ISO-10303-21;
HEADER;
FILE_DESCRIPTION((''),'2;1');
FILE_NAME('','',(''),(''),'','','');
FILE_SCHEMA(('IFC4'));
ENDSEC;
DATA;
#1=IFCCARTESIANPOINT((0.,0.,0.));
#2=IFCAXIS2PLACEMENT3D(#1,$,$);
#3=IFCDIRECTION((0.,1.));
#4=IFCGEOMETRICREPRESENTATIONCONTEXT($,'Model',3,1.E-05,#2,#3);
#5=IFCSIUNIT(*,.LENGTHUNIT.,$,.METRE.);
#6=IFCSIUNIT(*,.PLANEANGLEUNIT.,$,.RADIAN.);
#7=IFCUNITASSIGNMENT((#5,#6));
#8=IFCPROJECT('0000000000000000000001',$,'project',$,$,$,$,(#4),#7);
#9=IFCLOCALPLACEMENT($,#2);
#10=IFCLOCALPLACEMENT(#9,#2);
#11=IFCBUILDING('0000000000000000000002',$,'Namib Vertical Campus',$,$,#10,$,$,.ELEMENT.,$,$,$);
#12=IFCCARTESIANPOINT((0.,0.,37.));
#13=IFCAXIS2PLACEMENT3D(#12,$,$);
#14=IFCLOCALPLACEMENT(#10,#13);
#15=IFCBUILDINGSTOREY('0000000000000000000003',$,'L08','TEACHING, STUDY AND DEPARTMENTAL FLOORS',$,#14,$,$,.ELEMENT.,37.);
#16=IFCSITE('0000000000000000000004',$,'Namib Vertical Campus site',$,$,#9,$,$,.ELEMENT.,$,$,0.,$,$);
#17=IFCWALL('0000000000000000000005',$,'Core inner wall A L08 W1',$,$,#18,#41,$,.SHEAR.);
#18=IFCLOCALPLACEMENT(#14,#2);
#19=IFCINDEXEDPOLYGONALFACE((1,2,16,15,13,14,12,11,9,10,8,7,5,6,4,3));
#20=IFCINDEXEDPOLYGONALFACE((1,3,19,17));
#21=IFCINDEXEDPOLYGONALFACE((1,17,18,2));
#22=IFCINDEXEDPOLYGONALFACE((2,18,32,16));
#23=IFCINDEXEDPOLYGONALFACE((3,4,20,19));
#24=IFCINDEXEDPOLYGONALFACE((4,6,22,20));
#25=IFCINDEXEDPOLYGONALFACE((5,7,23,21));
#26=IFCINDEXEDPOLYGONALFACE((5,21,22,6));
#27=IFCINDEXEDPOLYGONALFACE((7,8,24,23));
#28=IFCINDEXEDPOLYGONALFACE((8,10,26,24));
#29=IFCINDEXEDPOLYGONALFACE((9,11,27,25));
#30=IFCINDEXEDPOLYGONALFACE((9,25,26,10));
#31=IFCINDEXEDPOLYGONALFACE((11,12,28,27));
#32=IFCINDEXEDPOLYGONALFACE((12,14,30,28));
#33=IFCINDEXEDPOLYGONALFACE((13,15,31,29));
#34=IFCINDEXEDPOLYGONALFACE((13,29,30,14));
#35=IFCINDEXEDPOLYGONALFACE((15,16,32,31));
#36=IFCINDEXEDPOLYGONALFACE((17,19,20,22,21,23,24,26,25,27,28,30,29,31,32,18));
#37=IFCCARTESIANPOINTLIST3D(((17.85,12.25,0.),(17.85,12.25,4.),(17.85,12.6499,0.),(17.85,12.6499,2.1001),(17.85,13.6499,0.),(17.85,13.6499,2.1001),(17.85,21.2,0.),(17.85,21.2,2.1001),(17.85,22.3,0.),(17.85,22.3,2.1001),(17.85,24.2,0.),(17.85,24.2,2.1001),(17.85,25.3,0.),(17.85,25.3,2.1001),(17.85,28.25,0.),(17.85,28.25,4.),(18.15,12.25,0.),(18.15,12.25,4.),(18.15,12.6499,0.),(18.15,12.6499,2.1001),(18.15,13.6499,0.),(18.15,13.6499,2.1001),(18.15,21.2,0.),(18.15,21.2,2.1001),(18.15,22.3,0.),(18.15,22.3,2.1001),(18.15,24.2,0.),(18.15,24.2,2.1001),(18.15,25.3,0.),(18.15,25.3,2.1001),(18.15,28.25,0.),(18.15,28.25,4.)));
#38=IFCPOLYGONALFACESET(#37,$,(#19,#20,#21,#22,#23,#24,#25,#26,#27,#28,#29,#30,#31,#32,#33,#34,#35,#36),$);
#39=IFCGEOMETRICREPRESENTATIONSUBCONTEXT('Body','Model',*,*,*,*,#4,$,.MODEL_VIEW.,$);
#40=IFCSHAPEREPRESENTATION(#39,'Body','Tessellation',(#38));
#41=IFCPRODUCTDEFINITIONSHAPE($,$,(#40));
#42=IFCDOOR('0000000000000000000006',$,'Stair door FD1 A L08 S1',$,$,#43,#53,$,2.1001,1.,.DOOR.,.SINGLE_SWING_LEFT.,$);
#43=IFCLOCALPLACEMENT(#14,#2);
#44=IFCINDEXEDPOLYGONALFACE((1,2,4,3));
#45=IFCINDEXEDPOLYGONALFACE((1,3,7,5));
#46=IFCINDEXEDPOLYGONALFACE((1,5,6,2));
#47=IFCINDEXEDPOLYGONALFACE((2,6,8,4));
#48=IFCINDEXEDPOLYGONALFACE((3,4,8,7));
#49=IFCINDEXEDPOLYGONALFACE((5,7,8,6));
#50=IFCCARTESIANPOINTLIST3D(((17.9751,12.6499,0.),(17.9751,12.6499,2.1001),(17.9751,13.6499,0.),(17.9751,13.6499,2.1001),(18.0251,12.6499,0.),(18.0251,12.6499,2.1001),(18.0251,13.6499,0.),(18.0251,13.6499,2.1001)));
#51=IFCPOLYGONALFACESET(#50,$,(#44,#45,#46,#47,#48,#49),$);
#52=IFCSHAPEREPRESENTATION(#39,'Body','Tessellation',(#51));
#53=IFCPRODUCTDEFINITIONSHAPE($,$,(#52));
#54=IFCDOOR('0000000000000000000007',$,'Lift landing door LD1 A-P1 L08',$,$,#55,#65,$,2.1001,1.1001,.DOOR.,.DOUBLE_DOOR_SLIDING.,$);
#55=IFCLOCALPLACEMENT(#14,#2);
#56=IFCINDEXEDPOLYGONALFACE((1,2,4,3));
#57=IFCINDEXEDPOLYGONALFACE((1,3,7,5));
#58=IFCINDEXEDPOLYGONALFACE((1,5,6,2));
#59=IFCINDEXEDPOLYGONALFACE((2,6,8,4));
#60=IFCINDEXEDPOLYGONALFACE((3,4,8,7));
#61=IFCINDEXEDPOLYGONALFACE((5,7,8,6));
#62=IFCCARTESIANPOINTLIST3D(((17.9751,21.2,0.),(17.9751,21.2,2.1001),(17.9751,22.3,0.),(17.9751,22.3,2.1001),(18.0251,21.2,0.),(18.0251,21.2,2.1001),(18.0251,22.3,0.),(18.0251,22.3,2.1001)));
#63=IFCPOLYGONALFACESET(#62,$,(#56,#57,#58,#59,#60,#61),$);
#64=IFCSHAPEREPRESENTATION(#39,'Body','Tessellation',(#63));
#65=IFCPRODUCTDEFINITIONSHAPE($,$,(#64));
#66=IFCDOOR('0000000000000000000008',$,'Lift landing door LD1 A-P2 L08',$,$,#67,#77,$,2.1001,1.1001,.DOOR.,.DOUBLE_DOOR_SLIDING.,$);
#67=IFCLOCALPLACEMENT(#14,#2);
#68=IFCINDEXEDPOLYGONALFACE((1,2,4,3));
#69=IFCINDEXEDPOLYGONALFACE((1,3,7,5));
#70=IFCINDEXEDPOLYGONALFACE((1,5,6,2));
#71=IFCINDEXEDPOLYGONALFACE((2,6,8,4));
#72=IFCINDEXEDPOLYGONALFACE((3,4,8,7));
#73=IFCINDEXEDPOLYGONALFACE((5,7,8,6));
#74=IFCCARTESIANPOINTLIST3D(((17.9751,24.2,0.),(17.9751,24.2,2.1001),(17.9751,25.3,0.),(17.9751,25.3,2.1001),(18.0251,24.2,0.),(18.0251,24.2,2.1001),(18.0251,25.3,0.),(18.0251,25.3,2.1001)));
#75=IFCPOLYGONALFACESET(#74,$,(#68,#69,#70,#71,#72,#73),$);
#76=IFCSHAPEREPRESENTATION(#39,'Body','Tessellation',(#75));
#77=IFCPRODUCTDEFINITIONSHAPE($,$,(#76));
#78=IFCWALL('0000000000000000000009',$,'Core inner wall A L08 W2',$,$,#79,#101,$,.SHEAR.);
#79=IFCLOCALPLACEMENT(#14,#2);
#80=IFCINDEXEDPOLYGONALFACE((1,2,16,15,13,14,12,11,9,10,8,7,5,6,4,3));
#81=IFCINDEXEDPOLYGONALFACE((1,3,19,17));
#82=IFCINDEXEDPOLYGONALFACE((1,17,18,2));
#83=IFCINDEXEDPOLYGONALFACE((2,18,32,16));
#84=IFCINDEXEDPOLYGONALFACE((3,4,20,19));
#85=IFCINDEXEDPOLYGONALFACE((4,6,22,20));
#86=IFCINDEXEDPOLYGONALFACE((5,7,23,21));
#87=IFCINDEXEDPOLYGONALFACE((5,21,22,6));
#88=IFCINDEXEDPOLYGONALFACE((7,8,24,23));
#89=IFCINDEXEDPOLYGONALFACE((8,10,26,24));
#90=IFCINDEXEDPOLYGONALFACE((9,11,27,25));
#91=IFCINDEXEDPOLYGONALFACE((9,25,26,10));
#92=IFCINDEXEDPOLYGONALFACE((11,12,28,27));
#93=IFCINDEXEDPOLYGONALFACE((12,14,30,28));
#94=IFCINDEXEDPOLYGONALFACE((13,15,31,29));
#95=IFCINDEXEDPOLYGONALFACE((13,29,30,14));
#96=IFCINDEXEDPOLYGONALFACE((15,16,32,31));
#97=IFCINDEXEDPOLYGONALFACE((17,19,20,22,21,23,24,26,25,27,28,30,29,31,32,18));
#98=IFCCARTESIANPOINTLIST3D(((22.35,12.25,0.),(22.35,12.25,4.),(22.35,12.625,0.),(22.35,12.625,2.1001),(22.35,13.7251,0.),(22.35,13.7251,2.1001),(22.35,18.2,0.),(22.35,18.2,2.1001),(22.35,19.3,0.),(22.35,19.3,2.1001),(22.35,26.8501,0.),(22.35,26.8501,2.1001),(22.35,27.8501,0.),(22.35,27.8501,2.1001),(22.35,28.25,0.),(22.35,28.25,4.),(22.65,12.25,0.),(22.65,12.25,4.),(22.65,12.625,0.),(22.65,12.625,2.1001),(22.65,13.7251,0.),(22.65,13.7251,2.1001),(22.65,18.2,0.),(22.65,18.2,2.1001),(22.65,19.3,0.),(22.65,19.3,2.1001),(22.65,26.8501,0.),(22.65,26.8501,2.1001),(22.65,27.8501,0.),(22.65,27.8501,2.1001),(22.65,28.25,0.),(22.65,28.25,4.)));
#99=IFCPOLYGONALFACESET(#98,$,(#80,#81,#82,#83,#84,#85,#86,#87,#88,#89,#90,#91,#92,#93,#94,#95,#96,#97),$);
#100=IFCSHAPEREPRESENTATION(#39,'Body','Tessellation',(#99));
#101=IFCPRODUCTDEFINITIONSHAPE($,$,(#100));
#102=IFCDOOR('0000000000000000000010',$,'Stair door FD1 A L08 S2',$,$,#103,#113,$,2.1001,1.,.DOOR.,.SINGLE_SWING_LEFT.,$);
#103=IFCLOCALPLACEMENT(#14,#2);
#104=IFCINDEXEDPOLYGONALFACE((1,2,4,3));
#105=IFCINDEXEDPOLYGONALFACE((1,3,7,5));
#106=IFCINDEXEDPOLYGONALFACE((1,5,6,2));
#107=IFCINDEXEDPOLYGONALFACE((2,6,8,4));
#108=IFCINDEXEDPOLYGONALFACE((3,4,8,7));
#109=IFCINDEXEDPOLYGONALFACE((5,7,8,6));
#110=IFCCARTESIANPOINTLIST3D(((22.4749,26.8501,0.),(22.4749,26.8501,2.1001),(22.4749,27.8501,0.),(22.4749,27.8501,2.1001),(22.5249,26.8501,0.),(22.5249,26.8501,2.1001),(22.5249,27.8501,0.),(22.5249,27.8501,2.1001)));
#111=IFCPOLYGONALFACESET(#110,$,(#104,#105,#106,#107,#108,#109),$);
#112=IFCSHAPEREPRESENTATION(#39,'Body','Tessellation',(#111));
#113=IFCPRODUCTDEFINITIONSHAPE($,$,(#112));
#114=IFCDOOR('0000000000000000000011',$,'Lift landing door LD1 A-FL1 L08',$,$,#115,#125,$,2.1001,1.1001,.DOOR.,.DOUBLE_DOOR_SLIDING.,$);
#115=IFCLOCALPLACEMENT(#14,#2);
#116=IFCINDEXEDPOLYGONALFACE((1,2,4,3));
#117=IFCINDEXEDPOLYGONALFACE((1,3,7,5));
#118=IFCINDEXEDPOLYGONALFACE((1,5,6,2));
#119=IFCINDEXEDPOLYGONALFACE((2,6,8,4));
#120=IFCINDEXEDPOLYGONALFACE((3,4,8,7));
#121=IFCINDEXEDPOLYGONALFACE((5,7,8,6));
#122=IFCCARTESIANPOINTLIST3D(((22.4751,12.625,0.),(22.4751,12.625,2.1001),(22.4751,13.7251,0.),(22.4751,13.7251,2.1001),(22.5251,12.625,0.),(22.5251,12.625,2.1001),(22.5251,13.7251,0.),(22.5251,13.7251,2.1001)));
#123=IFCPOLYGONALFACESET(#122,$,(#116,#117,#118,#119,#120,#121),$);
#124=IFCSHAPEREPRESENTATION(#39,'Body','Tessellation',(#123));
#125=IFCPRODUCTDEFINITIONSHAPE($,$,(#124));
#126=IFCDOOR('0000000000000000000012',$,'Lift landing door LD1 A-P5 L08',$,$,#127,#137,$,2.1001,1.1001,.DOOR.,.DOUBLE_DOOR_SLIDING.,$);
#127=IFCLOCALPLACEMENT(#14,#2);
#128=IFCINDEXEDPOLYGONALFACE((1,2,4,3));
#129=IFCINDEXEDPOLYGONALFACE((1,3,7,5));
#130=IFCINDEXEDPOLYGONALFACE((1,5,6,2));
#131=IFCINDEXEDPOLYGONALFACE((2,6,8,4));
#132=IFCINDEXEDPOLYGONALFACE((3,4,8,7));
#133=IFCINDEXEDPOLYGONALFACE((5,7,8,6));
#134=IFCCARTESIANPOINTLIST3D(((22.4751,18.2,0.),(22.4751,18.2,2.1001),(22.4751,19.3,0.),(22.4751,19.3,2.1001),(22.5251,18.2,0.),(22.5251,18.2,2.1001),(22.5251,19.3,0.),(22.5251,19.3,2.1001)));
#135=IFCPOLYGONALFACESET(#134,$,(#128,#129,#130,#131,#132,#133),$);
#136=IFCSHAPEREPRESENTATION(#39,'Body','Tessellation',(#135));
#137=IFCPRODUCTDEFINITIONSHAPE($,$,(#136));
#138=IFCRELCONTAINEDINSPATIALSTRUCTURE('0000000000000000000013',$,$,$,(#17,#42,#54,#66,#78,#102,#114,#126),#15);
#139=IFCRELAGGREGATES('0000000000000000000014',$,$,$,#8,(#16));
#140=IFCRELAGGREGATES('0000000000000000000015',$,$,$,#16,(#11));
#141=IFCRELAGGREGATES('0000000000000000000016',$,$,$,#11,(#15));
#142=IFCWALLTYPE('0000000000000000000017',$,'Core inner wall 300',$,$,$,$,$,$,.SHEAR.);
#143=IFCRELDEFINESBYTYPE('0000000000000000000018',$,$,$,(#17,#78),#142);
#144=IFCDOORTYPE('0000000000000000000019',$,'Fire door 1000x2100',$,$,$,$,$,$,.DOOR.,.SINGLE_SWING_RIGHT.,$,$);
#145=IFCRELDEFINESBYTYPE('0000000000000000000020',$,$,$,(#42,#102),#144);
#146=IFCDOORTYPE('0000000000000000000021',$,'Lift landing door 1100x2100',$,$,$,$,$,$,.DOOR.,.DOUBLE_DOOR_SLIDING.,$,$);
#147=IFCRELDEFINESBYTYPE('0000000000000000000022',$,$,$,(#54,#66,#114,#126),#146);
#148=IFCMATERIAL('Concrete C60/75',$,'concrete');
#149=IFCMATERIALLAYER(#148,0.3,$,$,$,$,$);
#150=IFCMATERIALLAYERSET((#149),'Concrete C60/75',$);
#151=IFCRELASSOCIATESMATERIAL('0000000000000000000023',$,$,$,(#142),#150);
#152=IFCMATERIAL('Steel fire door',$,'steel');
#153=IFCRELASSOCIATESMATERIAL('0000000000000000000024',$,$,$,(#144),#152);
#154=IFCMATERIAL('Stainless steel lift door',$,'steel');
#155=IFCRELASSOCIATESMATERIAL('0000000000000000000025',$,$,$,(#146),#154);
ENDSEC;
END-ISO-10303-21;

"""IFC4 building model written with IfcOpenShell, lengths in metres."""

from ifc_helpers import new_model, si_unit, direction, frame, frame_2d, origin, place, context, subcontext, project, spatial, rectangle, extrude, material, layer, layer_set, type_object, element, fill, save


model = new_model("IFC4")

# Units and contexts
model_context = context("Model", 3, precision=1e-05, world=origin(), true_north=direction((0.0, 1.0)))
body_context = subcontext(model_context, "Body", "Model", "MODEL_VIEW")
ifc_project = project(units=[si_unit("LENGTHUNIT", "METRE"), si_unit("PLANEANGLEUNIT", "RADIAN")], contexts=[model_context])

# Site, building, storey
site_placement = place(None, origin())
site = spatial("IfcSite", under=ifc_project, at=site_placement, Name="Namib Vertical Campus site", CompositionType="ELEMENT", RefElevation=0.0)
building_placement = place(site_placement, origin())
building = spatial("IfcBuilding", under=site, at=building_placement, Name="Namib Vertical Campus", CompositionType="ELEMENT")
storey_placement = place(building_placement, frame((0.0, 0.0, 37.0)))
storey = spatial("IfcBuildingStorey", under=building, at=storey_placement, Name="L08", Description="TEACHING, STUDY AND DEPARTMENTAL FLOORS", CompositionType="ELEMENT", Elevation=37.0)

# Walls, openings, doors
ifc_material_1 = material(Name="Concrete C60/75", Category="concrete")
ifc_layer_1 = layer(ifc_material_1, 0.3)
ifc_layer_set_1 = layer_set([ifc_layer_1], Name="Concrete C60/75")
wall_type_1 = type_object("IfcWallType", Name="Core inner wall 300", PredefinedType="SHEAR", material=ifc_layer_set_1)
wall_1_placement = place(storey_placement, frame((18.0, 12.25, 0.0), z_axis=(0.0, 0.0, 1.0), x_axis=(0.0, 1.0, 0.0)))
wall_1 = element("IfcWall", 1, at=wall_1_placement, inside=storey, type_object=wall_type_1, Name="Core inner wall A L08 W1", PredefinedType="SHEAR", context=body_context, shape_type="SweptSolid", body=[
    extrude(rectangle(XDim=16.0, YDim=0.3, at=frame_2d((8.0, 0.0))), origin(), (0.0, 0.0, 1.0), 4.0),
])
opening_1_placement = place(wall_1_placement, frame((0.3999, 0.0, 0.0)))
opening_1 = element("IfcOpeningElement", 2, at=opening_1_placement, cuts=wall_1, PredefinedType="OPENING", context=body_context, shape_type="SweptSolid", body=[
    extrude(rectangle(XDim=1.0, YDim=2.1001, at=frame_2d((0.5, 1.05))), frame((0.0, 0.1599, 0.0), z_axis=(0.0, -1.0, 0.0), x_axis=(1.0, 0.0, 0.0)), (0.0, 0.0, 1.0), 0.3201),
])
opening_2_placement = place(wall_1_placement, frame((8.95, 0.0, 0.0)))
opening_2 = element("IfcOpeningElement", 3, at=opening_2_placement, cuts=wall_1, PredefinedType="OPENING", context=body_context, shape_type="SweptSolid", body=[
    extrude(rectangle(XDim=1.1001, YDim=2.1001, at=frame_2d((0.55, 1.05))), frame((0.0, 0.1599, 0.0), z_axis=(0.0, -1.0, 0.0), x_axis=(1.0, 0.0, 0.0)), (0.0, 0.0, 1.0), 0.3201),
])
opening_3_placement = place(wall_1_placement, frame((11.95, 0.0, 0.0)))
opening_3 = element("IfcOpeningElement", 4, at=opening_3_placement, cuts=wall_1, PredefinedType="OPENING", context=body_context, shape_type="SweptSolid", body=[
    extrude(rectangle(XDim=1.1001, YDim=2.1001, at=frame_2d((0.55, 1.05))), frame((0.0, 0.1599, 0.0), z_axis=(0.0, -1.0, 0.0), x_axis=(1.0, 0.0, 0.0)), (0.0, 0.0, 1.0), 0.3201),
])
ifc_material_2 = material(Name="Steel fire door", Category="steel")
door_type_1 = type_object("IfcDoorType", Name="Fire door 1000x2100", OperationType="SINGLE_SWING_RIGHT", PredefinedType="DOOR", material=ifc_material_2)
door_1_placement = place(opening_1_placement, origin())
door_1 = element("IfcDoor", 5, at=door_1_placement, inside=storey, type_object=door_type_1, Name="Stair door FD1 A L08 S1", OperationType="SINGLE_SWING_LEFT", OverallHeight=2.1001, OverallWidth=1.0, PredefinedType="DOOR", context=body_context, shape_type="SweptSolid", body=[
    extrude(rectangle(XDim=1.0, YDim=2.1001, at=frame_2d((0.5, 1.05))), frame((0.0, 0.0249, 0.0), z_axis=(0.0, -1.0, 0.0), x_axis=(1.0, 0.0, 0.0)), (0.0, 0.0, 1.0), 0.05),
])
fill(opening_1, door_1)
ifc_material_3 = material(Name="Stainless steel lift door", Category="steel")
door_type_2 = type_object("IfcDoorType", Name="Lift landing door 1100x2100", OperationType="DOUBLE_DOOR_SLIDING", PredefinedType="DOOR", material=ifc_material_3)
door_2_placement = place(opening_2_placement, origin())
door_2 = element("IfcDoor", 6, at=door_2_placement, inside=storey, type_object=door_type_2, Name="Lift landing door LD1 A-P1 L08", OperationType="DOUBLE_DOOR_SLIDING", OverallHeight=2.1001, OverallWidth=1.1001, PredefinedType="DOOR", context=body_context, shape_type="SweptSolid", body=[
    extrude(rectangle(XDim=1.1001, YDim=2.1001, at=frame_2d((0.55, 1.05))), frame((0.0, 0.0249, 0.0), z_axis=(0.0, -1.0, 0.0), x_axis=(1.0, 0.0, 0.0)), (0.0, 0.0, 1.0), 0.05),
])
fill(opening_2, door_2)
door_3_placement = place(opening_3_placement, origin())
door_3 = element("IfcDoor", 7, at=door_3_placement, inside=storey, type_object=door_type_2, Name="Lift landing door LD1 A-P2 L08", OperationType="DOUBLE_DOOR_SLIDING", OverallHeight=2.1001, OverallWidth=1.1001, PredefinedType="DOOR", context=body_context, shape_type="SweptSolid", body=[
    extrude(rectangle(XDim=1.1001, YDim=2.1001, at=frame_2d((0.55, 1.05))), frame((0.0, 0.0249, 0.0), z_axis=(0.0, -1.0, 0.0), x_axis=(1.0, 0.0, 0.0)), (0.0, 0.0, 1.0), 0.05),
])
fill(opening_3, door_3)
wall_2_placement = place(storey_placement, frame((22.5, 12.25, 0.0), z_axis=(0.0, 0.0, 1.0), x_axis=(0.0, 1.0, 0.0)))
wall_2 = element("IfcWall", 8, at=wall_2_placement, inside=storey, type_object=wall_type_1, Name="Core inner wall A L08 W2", PredefinedType="SHEAR", context=body_context, shape_type="SweptSolid", body=[
    extrude(rectangle(XDim=16.0, YDim=0.3, at=frame_2d((8.0, 0.0))), origin(), (0.0, 0.0, 1.0), 4.0),
])
opening_4_placement = place(wall_2_placement, frame((14.6001, 0.0, 0.0)))
opening_4 = element("IfcOpeningElement", 9, at=opening_4_placement, cuts=wall_2, PredefinedType="OPENING", context=body_context, shape_type="SweptSolid", body=[
    extrude(rectangle(XDim=1.0, YDim=2.1001, at=frame_2d((0.5, 1.05))), frame((0.0, 0.1599, 0.0), z_axis=(0.0, -1.0, 0.0), x_axis=(1.0, 0.0, 0.0)), (0.0, 0.0, 1.0), 0.3201),
])
opening_5_placement = place(wall_2_placement, frame((0.375, 0.0, 0.0)))
opening_5 = element("IfcOpeningElement", 10, at=opening_5_placement, cuts=wall_2, PredefinedType="OPENING", context=body_context, shape_type="SweptSolid", body=[
    extrude(rectangle(XDim=1.1001, YDim=2.1001, at=frame_2d((0.55, 1.05))), frame((0.0, 0.1599, 0.0), z_axis=(0.0, -1.0, 0.0), x_axis=(1.0, 0.0, 0.0)), (0.0, 0.0, 1.0), 0.3201),
])
opening_6_placement = place(wall_2_placement, frame((5.95, 0.0, 0.0)))
opening_6 = element("IfcOpeningElement", 11, at=opening_6_placement, cuts=wall_2, PredefinedType="OPENING", context=body_context, shape_type="SweptSolid", body=[
    extrude(rectangle(XDim=1.1001, YDim=2.1001, at=frame_2d((0.55, 1.05))), frame((0.0, 0.1599, 0.0), z_axis=(0.0, -1.0, 0.0), x_axis=(1.0, 0.0, 0.0)), (0.0, 0.0, 1.0), 0.3201),
])
door_4_placement = place(opening_4_placement, frame((1.0, 0.0, 0.0), z_axis=(0.0, 0.0, 1.0), x_axis=(-1.0, 0.0, 0.0)))
door_4 = element("IfcDoor", 12, at=door_4_placement, inside=storey, type_object=door_type_1, Name="Stair door FD1 A L08 S2", OperationType="SINGLE_SWING_LEFT", OverallHeight=2.1001, OverallWidth=1.0, PredefinedType="DOOR", context=body_context, shape_type="SweptSolid", body=[
    extrude(rectangle(XDim=1.0, YDim=2.1001, at=frame_2d((0.5, 1.05))), frame((0.0, 0.0249, 0.0), z_axis=(0.0, -1.0, 0.0), x_axis=(1.0, 0.0, 0.0)), (0.0, 0.0, 1.0), 0.05),
])
fill(opening_4, door_4)
door_5_placement = place(opening_5_placement, origin())
door_5 = element("IfcDoor", 13, at=door_5_placement, inside=storey, type_object=door_type_2, Name="Lift landing door LD1 A-FL1 L08", OperationType="DOUBLE_DOOR_SLIDING", OverallHeight=2.1001, OverallWidth=1.1001, PredefinedType="DOOR", context=body_context, shape_type="SweptSolid", body=[
    extrude(rectangle(XDim=1.1001, YDim=2.1001, at=frame_2d((0.55, 1.05))), frame((0.0, 0.0249, 0.0), z_axis=(0.0, -1.0, 0.0), x_axis=(1.0, 0.0, 0.0)), (0.0, 0.0, 1.0), 0.05),
])
fill(opening_5, door_5)
door_6_placement = place(opening_6_placement, origin())
door_6 = element("IfcDoor", 14, at=door_6_placement, inside=storey, type_object=door_type_2, Name="Lift landing door LD1 A-P5 L08", OperationType="DOUBLE_DOOR_SLIDING", OverallHeight=2.1001, OverallWidth=1.1001, PredefinedType="DOOR", context=body_context, shape_type="SweptSolid", body=[
    extrude(rectangle(XDim=1.1001, YDim=2.1001, at=frame_2d((0.55, 1.05))), frame((0.0, 0.0249, 0.0), z_axis=(0.0, -1.0, 0.0), x_axis=(1.0, 0.0, 0.0)), (0.0, 0.0, 1.0), 0.05),
])
fill(opening_6, door_6)

save(model, "model.ifc")
